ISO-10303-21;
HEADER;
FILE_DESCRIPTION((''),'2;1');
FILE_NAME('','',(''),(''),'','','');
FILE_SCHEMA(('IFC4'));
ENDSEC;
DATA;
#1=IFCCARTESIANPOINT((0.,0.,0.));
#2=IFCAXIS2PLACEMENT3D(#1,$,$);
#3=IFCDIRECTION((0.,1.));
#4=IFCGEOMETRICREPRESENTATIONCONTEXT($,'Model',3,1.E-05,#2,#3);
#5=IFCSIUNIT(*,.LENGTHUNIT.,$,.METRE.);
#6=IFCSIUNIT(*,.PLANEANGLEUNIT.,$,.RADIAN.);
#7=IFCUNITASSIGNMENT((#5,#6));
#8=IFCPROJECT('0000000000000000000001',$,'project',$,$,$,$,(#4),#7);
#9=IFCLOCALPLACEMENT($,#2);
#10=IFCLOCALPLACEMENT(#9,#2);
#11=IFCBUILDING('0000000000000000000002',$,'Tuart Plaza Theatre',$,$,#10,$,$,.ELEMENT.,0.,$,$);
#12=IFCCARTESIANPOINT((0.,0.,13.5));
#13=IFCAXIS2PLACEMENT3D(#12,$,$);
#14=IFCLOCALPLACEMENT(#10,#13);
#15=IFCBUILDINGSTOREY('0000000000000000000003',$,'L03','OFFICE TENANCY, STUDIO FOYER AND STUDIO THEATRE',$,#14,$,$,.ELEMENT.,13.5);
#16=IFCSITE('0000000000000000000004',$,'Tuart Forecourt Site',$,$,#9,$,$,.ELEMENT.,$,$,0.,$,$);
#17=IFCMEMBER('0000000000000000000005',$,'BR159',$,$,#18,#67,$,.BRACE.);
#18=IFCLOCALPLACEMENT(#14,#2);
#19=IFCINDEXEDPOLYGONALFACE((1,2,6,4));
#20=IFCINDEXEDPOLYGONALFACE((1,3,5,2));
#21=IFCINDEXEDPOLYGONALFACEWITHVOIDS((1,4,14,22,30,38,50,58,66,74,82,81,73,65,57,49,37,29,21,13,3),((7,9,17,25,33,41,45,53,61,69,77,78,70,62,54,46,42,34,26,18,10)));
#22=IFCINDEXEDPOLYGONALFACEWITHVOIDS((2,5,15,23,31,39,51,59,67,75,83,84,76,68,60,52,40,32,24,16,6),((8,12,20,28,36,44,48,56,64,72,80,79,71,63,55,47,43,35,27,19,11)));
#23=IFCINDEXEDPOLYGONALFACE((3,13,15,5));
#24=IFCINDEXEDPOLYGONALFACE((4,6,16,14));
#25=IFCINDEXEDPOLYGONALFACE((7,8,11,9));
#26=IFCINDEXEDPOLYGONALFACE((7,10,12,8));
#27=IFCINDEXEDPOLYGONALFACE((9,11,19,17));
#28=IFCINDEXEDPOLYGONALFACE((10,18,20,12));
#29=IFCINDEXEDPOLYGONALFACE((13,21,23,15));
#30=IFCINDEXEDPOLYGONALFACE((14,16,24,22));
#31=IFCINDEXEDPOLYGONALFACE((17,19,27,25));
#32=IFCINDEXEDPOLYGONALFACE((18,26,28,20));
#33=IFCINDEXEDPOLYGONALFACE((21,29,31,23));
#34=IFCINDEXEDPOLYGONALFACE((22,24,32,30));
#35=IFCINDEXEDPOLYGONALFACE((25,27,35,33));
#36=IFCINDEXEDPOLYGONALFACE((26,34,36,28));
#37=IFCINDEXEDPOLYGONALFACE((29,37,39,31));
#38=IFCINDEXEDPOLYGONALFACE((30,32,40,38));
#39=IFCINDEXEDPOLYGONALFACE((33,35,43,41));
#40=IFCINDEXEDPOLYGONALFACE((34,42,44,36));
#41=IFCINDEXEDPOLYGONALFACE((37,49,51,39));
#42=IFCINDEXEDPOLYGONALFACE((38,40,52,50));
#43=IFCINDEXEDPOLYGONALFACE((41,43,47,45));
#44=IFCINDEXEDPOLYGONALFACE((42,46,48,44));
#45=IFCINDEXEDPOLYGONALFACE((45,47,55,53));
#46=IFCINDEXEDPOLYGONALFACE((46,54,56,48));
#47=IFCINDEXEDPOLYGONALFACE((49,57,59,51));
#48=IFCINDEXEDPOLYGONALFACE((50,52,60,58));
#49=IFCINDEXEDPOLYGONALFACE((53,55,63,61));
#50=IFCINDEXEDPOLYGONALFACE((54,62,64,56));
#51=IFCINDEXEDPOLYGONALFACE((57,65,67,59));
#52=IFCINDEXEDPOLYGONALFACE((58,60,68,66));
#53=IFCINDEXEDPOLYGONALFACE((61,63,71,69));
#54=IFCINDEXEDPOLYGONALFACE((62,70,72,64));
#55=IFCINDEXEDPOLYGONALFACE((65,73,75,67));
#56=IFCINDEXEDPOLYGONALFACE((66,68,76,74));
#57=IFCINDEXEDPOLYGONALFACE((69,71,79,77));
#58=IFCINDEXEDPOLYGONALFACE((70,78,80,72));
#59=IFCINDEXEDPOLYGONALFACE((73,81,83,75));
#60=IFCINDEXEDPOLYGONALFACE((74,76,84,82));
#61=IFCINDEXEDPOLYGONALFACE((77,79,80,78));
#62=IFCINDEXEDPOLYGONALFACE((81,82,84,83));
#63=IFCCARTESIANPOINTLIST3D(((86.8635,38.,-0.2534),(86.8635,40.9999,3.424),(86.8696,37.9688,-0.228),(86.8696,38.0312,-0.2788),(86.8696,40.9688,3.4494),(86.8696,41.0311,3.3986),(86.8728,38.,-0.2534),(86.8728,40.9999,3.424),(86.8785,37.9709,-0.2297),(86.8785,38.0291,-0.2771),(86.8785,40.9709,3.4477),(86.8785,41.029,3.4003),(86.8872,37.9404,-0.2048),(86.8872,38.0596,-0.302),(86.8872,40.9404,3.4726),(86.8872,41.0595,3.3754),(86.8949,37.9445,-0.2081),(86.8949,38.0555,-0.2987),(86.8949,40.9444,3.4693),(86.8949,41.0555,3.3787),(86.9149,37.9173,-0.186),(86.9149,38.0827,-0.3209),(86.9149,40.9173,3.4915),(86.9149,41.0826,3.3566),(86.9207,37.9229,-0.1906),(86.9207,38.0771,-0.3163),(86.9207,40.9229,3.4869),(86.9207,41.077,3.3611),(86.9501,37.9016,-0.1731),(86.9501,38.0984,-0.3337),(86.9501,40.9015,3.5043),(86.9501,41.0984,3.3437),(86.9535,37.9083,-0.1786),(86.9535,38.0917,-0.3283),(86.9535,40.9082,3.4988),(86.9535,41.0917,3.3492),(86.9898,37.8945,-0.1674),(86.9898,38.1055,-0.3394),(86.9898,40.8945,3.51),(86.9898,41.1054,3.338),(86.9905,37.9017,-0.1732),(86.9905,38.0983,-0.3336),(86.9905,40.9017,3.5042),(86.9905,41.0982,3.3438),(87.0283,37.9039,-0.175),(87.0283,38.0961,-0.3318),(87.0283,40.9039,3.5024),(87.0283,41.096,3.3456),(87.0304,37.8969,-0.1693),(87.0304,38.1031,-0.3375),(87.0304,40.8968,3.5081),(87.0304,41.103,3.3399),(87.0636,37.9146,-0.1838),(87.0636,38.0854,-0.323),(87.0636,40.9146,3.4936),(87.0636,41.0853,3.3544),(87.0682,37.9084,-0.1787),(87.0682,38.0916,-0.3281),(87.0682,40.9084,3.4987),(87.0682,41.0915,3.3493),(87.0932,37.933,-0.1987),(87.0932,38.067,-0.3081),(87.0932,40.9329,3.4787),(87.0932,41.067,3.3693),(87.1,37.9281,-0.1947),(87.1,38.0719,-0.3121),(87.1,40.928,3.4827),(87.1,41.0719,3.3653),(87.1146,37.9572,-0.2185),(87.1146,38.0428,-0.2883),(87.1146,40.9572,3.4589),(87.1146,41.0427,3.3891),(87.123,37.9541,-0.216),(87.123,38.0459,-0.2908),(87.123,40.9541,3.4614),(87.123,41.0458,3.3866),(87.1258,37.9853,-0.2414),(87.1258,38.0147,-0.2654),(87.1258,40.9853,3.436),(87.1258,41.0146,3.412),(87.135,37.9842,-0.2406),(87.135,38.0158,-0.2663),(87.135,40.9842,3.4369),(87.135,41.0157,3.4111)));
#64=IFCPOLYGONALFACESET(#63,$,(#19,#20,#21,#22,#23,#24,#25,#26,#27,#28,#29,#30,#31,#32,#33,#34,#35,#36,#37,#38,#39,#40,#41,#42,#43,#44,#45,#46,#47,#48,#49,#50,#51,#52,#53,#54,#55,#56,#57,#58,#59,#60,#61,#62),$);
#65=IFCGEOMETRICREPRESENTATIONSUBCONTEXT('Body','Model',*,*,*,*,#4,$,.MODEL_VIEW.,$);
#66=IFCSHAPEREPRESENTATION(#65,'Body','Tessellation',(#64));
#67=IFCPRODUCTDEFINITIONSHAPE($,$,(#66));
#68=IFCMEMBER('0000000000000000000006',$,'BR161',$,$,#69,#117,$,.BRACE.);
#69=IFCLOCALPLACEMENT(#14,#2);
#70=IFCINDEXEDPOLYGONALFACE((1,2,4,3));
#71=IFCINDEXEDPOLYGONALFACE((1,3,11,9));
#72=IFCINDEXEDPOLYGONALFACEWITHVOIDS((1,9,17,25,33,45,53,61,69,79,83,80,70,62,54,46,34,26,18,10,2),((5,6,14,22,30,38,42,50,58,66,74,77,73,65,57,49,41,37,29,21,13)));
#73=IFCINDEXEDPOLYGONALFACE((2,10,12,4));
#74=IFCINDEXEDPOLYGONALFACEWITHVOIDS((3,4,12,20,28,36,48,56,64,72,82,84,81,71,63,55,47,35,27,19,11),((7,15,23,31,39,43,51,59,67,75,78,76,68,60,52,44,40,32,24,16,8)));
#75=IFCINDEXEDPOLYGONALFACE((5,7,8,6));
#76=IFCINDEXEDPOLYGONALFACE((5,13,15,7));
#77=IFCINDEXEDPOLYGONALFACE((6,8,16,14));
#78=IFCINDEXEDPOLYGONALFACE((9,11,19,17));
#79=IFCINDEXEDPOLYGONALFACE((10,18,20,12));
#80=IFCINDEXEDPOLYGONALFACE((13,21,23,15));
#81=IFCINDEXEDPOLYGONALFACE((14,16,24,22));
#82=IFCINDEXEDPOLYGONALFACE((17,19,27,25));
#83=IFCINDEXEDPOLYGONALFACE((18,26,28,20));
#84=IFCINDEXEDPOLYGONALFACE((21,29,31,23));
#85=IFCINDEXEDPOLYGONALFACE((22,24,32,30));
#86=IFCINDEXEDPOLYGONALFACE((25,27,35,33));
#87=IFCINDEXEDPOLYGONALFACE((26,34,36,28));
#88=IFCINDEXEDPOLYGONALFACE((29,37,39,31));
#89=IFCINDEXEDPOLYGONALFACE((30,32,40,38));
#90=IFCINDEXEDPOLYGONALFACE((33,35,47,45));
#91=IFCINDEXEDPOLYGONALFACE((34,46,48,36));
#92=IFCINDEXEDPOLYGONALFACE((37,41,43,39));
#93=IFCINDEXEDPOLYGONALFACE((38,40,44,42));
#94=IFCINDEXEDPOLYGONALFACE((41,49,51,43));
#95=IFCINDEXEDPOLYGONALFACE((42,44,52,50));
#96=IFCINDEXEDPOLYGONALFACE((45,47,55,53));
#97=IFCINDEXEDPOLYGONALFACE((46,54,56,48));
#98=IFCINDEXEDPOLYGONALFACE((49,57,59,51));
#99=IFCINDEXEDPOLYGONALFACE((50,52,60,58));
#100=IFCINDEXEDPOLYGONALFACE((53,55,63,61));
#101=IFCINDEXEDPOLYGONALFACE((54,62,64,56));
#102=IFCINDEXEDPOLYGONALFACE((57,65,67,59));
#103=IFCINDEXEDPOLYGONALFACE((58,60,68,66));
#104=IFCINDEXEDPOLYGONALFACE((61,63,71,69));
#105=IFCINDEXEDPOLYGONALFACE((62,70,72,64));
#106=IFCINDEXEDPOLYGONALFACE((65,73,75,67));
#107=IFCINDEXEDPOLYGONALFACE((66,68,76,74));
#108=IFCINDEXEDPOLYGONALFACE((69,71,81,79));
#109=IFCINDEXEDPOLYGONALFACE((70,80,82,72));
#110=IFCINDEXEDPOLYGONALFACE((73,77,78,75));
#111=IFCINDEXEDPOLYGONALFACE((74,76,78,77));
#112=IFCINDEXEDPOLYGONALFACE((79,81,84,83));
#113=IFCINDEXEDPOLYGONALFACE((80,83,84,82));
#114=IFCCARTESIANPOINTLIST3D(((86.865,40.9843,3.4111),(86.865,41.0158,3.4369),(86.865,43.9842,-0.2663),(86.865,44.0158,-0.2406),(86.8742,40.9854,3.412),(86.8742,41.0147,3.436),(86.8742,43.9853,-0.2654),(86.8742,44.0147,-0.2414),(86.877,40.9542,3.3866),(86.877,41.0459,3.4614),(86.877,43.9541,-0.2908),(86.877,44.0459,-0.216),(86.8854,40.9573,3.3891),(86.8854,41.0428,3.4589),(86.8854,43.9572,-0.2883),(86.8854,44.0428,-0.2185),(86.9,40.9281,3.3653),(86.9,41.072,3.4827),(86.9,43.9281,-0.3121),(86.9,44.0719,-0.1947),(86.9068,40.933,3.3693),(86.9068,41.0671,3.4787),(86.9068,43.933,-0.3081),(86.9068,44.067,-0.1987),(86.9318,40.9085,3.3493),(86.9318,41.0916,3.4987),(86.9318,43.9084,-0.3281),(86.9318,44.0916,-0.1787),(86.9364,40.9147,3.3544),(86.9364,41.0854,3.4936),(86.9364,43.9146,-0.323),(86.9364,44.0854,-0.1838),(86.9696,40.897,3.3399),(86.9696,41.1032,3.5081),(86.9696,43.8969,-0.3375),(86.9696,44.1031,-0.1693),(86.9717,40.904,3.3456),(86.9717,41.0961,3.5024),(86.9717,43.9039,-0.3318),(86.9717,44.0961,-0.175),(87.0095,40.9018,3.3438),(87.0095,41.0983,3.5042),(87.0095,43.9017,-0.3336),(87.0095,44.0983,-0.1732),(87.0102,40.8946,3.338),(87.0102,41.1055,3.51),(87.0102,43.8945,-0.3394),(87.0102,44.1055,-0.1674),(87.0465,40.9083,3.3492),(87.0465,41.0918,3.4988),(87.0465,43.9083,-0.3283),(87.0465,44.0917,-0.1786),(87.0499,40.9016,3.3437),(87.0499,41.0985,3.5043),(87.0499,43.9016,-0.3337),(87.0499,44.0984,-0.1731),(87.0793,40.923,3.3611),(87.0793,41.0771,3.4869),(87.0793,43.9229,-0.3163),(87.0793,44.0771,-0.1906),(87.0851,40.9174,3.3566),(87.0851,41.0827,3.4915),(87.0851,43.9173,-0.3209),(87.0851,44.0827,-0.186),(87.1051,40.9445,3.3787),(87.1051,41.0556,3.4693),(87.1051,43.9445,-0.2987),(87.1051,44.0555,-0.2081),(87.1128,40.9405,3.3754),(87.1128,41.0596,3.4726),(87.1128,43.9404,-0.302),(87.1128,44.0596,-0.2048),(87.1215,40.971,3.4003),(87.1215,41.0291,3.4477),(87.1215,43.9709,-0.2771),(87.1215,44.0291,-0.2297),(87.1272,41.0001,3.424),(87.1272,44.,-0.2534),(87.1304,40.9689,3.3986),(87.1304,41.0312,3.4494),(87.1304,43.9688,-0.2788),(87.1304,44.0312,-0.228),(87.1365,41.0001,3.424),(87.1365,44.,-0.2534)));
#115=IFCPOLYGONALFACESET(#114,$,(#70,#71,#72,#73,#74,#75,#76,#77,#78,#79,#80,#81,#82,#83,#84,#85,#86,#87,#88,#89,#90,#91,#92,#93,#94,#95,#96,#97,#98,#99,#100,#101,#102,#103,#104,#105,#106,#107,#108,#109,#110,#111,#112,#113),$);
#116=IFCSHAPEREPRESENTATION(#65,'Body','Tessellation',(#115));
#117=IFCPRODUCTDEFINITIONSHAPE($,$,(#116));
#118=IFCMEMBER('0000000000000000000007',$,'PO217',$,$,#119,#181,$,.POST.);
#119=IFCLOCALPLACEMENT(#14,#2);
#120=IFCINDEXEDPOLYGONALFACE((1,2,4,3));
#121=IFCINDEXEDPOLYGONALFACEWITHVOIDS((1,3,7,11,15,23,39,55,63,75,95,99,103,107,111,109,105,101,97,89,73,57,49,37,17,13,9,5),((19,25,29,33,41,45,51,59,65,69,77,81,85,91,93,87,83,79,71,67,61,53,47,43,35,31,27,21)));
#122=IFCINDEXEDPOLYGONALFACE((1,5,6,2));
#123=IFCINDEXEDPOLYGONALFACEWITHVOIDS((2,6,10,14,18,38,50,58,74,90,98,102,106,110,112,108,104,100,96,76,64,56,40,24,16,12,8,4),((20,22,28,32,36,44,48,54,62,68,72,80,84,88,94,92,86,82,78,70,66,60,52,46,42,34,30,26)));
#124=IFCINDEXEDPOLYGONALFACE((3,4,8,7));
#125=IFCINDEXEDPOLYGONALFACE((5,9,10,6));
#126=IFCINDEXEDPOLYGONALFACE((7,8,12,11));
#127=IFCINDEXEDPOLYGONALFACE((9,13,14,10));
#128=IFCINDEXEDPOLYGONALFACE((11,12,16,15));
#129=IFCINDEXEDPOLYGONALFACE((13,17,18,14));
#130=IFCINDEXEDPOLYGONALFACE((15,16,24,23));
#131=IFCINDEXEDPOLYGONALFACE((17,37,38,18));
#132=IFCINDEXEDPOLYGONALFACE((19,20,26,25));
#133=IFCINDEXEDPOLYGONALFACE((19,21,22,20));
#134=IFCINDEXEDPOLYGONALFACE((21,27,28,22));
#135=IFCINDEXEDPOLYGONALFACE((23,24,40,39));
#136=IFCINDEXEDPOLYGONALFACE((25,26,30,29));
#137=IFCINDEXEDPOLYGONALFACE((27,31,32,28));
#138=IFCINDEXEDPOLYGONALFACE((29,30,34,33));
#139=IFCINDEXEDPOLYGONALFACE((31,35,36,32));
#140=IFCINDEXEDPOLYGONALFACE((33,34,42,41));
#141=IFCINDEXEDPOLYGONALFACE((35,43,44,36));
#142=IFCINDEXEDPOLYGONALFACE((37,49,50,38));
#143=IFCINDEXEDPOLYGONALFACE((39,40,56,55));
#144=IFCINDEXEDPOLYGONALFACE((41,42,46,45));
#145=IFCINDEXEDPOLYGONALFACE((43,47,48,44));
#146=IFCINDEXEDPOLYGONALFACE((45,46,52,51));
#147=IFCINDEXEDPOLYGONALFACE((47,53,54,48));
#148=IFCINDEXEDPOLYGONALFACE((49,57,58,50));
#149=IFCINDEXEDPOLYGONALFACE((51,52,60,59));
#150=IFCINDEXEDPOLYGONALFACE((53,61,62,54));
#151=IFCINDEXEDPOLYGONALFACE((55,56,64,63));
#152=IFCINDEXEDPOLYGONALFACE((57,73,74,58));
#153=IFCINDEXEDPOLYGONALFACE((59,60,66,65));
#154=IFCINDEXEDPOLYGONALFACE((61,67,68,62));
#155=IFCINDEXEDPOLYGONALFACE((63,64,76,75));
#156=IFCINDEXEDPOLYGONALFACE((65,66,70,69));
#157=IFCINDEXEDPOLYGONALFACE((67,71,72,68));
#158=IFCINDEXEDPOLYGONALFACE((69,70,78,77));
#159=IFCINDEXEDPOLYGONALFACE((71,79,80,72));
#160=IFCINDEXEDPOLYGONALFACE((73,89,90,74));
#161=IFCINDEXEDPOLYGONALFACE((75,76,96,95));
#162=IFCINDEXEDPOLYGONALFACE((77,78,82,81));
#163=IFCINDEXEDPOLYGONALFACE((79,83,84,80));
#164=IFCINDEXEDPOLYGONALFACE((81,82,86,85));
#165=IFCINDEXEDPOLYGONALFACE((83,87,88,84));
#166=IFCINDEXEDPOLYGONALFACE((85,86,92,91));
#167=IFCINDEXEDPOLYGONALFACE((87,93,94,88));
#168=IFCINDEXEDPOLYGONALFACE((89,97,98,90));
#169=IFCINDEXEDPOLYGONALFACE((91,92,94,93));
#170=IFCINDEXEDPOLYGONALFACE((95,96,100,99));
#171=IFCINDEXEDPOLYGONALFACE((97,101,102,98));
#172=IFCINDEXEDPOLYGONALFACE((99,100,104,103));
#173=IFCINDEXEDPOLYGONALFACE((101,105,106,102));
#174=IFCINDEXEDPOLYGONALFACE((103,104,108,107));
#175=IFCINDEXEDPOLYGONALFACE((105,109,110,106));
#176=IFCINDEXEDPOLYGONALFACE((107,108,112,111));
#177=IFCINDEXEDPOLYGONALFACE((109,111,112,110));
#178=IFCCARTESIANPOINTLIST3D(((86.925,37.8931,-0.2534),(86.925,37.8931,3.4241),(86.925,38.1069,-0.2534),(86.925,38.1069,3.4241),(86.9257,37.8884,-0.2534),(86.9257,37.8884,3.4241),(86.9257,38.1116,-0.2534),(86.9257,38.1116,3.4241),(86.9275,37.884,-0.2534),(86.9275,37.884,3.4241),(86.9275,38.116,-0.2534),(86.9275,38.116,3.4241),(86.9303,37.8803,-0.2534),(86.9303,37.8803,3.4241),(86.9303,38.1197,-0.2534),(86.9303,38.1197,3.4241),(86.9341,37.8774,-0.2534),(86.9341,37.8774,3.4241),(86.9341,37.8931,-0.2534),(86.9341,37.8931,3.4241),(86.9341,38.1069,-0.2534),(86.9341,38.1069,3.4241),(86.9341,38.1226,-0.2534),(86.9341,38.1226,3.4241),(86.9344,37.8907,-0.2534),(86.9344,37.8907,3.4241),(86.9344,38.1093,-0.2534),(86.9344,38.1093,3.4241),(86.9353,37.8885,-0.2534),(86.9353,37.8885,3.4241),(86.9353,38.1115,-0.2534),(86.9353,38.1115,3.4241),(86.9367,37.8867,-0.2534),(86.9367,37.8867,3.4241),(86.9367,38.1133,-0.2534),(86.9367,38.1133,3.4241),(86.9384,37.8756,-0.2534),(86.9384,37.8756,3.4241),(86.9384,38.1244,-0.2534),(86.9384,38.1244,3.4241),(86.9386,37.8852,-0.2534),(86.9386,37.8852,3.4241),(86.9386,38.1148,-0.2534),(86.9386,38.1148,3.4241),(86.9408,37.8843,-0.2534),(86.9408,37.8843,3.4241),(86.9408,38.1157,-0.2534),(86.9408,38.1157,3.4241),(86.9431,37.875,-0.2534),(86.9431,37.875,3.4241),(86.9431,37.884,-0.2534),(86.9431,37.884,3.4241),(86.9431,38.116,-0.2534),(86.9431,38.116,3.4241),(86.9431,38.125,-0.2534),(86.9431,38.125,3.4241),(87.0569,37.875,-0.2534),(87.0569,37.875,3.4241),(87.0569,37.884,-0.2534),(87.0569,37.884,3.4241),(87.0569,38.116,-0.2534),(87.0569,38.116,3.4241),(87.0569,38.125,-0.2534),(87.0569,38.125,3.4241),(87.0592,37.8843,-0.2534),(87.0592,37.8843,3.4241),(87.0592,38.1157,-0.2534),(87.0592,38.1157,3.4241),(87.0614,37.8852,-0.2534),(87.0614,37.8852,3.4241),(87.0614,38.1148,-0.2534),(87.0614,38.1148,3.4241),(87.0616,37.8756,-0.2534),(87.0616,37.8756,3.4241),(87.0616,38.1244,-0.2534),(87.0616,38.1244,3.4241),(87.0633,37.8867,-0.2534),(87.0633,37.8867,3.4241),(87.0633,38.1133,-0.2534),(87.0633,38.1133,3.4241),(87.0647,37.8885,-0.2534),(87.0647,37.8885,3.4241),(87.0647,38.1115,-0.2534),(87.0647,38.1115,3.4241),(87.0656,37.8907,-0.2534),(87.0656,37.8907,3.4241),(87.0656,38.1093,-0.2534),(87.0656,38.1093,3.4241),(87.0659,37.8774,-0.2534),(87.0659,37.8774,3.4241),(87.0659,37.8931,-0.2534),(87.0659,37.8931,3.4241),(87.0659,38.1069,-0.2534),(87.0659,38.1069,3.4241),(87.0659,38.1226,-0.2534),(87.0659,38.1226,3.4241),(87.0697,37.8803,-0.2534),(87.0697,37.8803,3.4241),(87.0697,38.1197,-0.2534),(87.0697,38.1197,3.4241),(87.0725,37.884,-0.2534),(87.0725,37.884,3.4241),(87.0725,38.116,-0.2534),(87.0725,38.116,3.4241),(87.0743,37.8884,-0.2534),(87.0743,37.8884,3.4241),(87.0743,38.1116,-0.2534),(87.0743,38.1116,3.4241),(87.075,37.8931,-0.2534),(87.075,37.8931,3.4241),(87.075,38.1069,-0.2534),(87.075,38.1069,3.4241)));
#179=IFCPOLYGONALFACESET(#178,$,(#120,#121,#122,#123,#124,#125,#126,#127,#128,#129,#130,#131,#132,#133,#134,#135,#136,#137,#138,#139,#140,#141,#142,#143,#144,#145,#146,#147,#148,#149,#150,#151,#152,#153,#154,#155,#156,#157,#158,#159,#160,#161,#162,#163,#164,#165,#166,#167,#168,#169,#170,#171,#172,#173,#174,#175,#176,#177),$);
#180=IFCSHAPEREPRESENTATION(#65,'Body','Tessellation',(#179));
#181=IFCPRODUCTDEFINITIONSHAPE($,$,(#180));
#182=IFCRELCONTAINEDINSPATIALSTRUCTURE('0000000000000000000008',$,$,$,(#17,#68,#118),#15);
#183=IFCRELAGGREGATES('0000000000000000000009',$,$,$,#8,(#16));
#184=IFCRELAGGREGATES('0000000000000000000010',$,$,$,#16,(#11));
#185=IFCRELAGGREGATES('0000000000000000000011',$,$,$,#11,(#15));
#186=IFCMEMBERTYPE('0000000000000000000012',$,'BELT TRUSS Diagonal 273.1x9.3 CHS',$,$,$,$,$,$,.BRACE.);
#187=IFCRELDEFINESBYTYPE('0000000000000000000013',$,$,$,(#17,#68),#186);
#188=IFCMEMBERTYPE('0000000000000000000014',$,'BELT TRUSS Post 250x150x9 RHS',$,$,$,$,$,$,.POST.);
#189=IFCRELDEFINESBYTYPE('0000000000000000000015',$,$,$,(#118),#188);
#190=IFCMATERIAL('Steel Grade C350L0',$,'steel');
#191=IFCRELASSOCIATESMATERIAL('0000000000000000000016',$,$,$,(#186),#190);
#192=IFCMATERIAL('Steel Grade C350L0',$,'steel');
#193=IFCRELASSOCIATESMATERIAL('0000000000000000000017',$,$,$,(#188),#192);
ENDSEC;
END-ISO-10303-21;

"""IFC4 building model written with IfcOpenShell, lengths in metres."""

from ifc_helpers import new_model, si_unit, direction, frame, origin, origin_2d, place, context, subcontext, project, spatial, hollow_rectangle, hollow_circle, extrude, material, material_profile, profile_set, type_object, element, save


model = new_model("IFC4")

# Units and contexts
model_context = context("Model", 3, precision=1e-05, world=origin(), true_north=direction((0.0, 1.0)))
body_context = subcontext(model_context, "Body", "Model", "MODEL_VIEW")
ifc_project = project(units=[si_unit("LENGTHUNIT", "METRE"), si_unit("PLANEANGLEUNIT", "RADIAN")], contexts=[model_context])

# Site, building, storey
site_placement = place(None, origin())
site = spatial("IfcSite", under=ifc_project, at=site_placement, Name="Tuart Forecourt Site", CompositionType="ELEMENT", RefElevation=0.0)
building_placement = place(site_placement, origin())
building = spatial("IfcBuilding", under=site, at=building_placement, Name="Tuart Plaza Theatre", CompositionType="ELEMENT", ElevationOfRefHeight=0.0)
storey_placement = place(building_placement, frame((0.0, 0.0, 13.5)))
storey = spatial("IfcBuildingStorey", under=building, at=storey_placement, Name="L03", Description="OFFICE TENANCY, STUDIO FOYER AND STUDIO THEATRE", CompositionType="ELEMENT", Elevation=13.5)

# Members
ifc_material_1 = material(Name="Steel Grade C350L0", Category="steel")
ifc_material_profile_1 = material_profile(ifc_material_1, hollow_circle(Radius=0.1365, WallThickness=0.0093, at=origin_2d()), Name="273.1x9.3 CHS")
ifc_profile_set_1 = profile_set([ifc_material_profile_1], Name="Steel Grade C350L0")
member_type_1 = type_object("IfcMemberType", Name="BELT TRUSS Diagonal 273.1x9.3 CHS", PredefinedType="BRACE", material=ifc_profile_set_1)
for number, where, z_axis, x_axis, name in (
    (1, (87.0, 38.0, -0.2534), (0.0, 0.632119, 0.774871), (-1.0, 0.0, 0.0), "BR159"),
    (2, (87.0, 44.0, -0.2534), (0.0, -0.632119, 0.774871), (1.0, 0.0, 0.0), "BR161"),
):
    element("IfcMember", number, at=place(storey_placement, frame(where, z_axis=z_axis, x_axis=x_axis)), inside=storey, type_object=member_type_1, Name=name, PredefinedType="BRACE", context=body_context, shape_type="SweptSolid", body=[
        extrude(hollow_circle(Radius=0.1365, WallThickness=0.0093, at=origin_2d()), origin(), (0.0, 0.0, 1.0), 4.7458),
    ])
ifc_material_2 = material(Name="Steel Grade C350L0", Category="steel")
ifc_material_profile_2 = material_profile(ifc_material_2, hollow_rectangle(XDim=0.1499, YDim=0.25, WallThickness=0.009, InnerFilletRadius=0.009, OuterFilletRadius=0.0181, at=origin_2d()), Name="250x150x9 RHS")
ifc_profile_set_2 = profile_set([ifc_material_profile_2], Name="Steel Grade C350L0")
member_type_2 = type_object("IfcMemberType", Name="BELT TRUSS Post 250x150x9 RHS", PredefinedType="POST", material=ifc_profile_set_2)
for number, where, z_axis, x_axis, name in (
    (3, (87.0, 38.0, -0.2534), (0.0, 0.0, 1.0), (1.0, 0.0, 0.0), "PO217"),
):
    element("IfcMember", number, at=place(storey_placement, frame(where, z_axis=z_axis, x_axis=x_axis)), inside=storey, type_object=member_type_2, Name=name, PredefinedType="POST", context=body_context, shape_type="SweptSolid", body=[
        extrude(hollow_rectangle(XDim=0.1499, YDim=0.25, WallThickness=0.009, InnerFilletRadius=0.009, OuterFilletRadius=0.0181, at=origin_2d()), origin(), (0.0, 0.0, 1.0), 3.6775),
    ])

save(model, "model.ifc")
